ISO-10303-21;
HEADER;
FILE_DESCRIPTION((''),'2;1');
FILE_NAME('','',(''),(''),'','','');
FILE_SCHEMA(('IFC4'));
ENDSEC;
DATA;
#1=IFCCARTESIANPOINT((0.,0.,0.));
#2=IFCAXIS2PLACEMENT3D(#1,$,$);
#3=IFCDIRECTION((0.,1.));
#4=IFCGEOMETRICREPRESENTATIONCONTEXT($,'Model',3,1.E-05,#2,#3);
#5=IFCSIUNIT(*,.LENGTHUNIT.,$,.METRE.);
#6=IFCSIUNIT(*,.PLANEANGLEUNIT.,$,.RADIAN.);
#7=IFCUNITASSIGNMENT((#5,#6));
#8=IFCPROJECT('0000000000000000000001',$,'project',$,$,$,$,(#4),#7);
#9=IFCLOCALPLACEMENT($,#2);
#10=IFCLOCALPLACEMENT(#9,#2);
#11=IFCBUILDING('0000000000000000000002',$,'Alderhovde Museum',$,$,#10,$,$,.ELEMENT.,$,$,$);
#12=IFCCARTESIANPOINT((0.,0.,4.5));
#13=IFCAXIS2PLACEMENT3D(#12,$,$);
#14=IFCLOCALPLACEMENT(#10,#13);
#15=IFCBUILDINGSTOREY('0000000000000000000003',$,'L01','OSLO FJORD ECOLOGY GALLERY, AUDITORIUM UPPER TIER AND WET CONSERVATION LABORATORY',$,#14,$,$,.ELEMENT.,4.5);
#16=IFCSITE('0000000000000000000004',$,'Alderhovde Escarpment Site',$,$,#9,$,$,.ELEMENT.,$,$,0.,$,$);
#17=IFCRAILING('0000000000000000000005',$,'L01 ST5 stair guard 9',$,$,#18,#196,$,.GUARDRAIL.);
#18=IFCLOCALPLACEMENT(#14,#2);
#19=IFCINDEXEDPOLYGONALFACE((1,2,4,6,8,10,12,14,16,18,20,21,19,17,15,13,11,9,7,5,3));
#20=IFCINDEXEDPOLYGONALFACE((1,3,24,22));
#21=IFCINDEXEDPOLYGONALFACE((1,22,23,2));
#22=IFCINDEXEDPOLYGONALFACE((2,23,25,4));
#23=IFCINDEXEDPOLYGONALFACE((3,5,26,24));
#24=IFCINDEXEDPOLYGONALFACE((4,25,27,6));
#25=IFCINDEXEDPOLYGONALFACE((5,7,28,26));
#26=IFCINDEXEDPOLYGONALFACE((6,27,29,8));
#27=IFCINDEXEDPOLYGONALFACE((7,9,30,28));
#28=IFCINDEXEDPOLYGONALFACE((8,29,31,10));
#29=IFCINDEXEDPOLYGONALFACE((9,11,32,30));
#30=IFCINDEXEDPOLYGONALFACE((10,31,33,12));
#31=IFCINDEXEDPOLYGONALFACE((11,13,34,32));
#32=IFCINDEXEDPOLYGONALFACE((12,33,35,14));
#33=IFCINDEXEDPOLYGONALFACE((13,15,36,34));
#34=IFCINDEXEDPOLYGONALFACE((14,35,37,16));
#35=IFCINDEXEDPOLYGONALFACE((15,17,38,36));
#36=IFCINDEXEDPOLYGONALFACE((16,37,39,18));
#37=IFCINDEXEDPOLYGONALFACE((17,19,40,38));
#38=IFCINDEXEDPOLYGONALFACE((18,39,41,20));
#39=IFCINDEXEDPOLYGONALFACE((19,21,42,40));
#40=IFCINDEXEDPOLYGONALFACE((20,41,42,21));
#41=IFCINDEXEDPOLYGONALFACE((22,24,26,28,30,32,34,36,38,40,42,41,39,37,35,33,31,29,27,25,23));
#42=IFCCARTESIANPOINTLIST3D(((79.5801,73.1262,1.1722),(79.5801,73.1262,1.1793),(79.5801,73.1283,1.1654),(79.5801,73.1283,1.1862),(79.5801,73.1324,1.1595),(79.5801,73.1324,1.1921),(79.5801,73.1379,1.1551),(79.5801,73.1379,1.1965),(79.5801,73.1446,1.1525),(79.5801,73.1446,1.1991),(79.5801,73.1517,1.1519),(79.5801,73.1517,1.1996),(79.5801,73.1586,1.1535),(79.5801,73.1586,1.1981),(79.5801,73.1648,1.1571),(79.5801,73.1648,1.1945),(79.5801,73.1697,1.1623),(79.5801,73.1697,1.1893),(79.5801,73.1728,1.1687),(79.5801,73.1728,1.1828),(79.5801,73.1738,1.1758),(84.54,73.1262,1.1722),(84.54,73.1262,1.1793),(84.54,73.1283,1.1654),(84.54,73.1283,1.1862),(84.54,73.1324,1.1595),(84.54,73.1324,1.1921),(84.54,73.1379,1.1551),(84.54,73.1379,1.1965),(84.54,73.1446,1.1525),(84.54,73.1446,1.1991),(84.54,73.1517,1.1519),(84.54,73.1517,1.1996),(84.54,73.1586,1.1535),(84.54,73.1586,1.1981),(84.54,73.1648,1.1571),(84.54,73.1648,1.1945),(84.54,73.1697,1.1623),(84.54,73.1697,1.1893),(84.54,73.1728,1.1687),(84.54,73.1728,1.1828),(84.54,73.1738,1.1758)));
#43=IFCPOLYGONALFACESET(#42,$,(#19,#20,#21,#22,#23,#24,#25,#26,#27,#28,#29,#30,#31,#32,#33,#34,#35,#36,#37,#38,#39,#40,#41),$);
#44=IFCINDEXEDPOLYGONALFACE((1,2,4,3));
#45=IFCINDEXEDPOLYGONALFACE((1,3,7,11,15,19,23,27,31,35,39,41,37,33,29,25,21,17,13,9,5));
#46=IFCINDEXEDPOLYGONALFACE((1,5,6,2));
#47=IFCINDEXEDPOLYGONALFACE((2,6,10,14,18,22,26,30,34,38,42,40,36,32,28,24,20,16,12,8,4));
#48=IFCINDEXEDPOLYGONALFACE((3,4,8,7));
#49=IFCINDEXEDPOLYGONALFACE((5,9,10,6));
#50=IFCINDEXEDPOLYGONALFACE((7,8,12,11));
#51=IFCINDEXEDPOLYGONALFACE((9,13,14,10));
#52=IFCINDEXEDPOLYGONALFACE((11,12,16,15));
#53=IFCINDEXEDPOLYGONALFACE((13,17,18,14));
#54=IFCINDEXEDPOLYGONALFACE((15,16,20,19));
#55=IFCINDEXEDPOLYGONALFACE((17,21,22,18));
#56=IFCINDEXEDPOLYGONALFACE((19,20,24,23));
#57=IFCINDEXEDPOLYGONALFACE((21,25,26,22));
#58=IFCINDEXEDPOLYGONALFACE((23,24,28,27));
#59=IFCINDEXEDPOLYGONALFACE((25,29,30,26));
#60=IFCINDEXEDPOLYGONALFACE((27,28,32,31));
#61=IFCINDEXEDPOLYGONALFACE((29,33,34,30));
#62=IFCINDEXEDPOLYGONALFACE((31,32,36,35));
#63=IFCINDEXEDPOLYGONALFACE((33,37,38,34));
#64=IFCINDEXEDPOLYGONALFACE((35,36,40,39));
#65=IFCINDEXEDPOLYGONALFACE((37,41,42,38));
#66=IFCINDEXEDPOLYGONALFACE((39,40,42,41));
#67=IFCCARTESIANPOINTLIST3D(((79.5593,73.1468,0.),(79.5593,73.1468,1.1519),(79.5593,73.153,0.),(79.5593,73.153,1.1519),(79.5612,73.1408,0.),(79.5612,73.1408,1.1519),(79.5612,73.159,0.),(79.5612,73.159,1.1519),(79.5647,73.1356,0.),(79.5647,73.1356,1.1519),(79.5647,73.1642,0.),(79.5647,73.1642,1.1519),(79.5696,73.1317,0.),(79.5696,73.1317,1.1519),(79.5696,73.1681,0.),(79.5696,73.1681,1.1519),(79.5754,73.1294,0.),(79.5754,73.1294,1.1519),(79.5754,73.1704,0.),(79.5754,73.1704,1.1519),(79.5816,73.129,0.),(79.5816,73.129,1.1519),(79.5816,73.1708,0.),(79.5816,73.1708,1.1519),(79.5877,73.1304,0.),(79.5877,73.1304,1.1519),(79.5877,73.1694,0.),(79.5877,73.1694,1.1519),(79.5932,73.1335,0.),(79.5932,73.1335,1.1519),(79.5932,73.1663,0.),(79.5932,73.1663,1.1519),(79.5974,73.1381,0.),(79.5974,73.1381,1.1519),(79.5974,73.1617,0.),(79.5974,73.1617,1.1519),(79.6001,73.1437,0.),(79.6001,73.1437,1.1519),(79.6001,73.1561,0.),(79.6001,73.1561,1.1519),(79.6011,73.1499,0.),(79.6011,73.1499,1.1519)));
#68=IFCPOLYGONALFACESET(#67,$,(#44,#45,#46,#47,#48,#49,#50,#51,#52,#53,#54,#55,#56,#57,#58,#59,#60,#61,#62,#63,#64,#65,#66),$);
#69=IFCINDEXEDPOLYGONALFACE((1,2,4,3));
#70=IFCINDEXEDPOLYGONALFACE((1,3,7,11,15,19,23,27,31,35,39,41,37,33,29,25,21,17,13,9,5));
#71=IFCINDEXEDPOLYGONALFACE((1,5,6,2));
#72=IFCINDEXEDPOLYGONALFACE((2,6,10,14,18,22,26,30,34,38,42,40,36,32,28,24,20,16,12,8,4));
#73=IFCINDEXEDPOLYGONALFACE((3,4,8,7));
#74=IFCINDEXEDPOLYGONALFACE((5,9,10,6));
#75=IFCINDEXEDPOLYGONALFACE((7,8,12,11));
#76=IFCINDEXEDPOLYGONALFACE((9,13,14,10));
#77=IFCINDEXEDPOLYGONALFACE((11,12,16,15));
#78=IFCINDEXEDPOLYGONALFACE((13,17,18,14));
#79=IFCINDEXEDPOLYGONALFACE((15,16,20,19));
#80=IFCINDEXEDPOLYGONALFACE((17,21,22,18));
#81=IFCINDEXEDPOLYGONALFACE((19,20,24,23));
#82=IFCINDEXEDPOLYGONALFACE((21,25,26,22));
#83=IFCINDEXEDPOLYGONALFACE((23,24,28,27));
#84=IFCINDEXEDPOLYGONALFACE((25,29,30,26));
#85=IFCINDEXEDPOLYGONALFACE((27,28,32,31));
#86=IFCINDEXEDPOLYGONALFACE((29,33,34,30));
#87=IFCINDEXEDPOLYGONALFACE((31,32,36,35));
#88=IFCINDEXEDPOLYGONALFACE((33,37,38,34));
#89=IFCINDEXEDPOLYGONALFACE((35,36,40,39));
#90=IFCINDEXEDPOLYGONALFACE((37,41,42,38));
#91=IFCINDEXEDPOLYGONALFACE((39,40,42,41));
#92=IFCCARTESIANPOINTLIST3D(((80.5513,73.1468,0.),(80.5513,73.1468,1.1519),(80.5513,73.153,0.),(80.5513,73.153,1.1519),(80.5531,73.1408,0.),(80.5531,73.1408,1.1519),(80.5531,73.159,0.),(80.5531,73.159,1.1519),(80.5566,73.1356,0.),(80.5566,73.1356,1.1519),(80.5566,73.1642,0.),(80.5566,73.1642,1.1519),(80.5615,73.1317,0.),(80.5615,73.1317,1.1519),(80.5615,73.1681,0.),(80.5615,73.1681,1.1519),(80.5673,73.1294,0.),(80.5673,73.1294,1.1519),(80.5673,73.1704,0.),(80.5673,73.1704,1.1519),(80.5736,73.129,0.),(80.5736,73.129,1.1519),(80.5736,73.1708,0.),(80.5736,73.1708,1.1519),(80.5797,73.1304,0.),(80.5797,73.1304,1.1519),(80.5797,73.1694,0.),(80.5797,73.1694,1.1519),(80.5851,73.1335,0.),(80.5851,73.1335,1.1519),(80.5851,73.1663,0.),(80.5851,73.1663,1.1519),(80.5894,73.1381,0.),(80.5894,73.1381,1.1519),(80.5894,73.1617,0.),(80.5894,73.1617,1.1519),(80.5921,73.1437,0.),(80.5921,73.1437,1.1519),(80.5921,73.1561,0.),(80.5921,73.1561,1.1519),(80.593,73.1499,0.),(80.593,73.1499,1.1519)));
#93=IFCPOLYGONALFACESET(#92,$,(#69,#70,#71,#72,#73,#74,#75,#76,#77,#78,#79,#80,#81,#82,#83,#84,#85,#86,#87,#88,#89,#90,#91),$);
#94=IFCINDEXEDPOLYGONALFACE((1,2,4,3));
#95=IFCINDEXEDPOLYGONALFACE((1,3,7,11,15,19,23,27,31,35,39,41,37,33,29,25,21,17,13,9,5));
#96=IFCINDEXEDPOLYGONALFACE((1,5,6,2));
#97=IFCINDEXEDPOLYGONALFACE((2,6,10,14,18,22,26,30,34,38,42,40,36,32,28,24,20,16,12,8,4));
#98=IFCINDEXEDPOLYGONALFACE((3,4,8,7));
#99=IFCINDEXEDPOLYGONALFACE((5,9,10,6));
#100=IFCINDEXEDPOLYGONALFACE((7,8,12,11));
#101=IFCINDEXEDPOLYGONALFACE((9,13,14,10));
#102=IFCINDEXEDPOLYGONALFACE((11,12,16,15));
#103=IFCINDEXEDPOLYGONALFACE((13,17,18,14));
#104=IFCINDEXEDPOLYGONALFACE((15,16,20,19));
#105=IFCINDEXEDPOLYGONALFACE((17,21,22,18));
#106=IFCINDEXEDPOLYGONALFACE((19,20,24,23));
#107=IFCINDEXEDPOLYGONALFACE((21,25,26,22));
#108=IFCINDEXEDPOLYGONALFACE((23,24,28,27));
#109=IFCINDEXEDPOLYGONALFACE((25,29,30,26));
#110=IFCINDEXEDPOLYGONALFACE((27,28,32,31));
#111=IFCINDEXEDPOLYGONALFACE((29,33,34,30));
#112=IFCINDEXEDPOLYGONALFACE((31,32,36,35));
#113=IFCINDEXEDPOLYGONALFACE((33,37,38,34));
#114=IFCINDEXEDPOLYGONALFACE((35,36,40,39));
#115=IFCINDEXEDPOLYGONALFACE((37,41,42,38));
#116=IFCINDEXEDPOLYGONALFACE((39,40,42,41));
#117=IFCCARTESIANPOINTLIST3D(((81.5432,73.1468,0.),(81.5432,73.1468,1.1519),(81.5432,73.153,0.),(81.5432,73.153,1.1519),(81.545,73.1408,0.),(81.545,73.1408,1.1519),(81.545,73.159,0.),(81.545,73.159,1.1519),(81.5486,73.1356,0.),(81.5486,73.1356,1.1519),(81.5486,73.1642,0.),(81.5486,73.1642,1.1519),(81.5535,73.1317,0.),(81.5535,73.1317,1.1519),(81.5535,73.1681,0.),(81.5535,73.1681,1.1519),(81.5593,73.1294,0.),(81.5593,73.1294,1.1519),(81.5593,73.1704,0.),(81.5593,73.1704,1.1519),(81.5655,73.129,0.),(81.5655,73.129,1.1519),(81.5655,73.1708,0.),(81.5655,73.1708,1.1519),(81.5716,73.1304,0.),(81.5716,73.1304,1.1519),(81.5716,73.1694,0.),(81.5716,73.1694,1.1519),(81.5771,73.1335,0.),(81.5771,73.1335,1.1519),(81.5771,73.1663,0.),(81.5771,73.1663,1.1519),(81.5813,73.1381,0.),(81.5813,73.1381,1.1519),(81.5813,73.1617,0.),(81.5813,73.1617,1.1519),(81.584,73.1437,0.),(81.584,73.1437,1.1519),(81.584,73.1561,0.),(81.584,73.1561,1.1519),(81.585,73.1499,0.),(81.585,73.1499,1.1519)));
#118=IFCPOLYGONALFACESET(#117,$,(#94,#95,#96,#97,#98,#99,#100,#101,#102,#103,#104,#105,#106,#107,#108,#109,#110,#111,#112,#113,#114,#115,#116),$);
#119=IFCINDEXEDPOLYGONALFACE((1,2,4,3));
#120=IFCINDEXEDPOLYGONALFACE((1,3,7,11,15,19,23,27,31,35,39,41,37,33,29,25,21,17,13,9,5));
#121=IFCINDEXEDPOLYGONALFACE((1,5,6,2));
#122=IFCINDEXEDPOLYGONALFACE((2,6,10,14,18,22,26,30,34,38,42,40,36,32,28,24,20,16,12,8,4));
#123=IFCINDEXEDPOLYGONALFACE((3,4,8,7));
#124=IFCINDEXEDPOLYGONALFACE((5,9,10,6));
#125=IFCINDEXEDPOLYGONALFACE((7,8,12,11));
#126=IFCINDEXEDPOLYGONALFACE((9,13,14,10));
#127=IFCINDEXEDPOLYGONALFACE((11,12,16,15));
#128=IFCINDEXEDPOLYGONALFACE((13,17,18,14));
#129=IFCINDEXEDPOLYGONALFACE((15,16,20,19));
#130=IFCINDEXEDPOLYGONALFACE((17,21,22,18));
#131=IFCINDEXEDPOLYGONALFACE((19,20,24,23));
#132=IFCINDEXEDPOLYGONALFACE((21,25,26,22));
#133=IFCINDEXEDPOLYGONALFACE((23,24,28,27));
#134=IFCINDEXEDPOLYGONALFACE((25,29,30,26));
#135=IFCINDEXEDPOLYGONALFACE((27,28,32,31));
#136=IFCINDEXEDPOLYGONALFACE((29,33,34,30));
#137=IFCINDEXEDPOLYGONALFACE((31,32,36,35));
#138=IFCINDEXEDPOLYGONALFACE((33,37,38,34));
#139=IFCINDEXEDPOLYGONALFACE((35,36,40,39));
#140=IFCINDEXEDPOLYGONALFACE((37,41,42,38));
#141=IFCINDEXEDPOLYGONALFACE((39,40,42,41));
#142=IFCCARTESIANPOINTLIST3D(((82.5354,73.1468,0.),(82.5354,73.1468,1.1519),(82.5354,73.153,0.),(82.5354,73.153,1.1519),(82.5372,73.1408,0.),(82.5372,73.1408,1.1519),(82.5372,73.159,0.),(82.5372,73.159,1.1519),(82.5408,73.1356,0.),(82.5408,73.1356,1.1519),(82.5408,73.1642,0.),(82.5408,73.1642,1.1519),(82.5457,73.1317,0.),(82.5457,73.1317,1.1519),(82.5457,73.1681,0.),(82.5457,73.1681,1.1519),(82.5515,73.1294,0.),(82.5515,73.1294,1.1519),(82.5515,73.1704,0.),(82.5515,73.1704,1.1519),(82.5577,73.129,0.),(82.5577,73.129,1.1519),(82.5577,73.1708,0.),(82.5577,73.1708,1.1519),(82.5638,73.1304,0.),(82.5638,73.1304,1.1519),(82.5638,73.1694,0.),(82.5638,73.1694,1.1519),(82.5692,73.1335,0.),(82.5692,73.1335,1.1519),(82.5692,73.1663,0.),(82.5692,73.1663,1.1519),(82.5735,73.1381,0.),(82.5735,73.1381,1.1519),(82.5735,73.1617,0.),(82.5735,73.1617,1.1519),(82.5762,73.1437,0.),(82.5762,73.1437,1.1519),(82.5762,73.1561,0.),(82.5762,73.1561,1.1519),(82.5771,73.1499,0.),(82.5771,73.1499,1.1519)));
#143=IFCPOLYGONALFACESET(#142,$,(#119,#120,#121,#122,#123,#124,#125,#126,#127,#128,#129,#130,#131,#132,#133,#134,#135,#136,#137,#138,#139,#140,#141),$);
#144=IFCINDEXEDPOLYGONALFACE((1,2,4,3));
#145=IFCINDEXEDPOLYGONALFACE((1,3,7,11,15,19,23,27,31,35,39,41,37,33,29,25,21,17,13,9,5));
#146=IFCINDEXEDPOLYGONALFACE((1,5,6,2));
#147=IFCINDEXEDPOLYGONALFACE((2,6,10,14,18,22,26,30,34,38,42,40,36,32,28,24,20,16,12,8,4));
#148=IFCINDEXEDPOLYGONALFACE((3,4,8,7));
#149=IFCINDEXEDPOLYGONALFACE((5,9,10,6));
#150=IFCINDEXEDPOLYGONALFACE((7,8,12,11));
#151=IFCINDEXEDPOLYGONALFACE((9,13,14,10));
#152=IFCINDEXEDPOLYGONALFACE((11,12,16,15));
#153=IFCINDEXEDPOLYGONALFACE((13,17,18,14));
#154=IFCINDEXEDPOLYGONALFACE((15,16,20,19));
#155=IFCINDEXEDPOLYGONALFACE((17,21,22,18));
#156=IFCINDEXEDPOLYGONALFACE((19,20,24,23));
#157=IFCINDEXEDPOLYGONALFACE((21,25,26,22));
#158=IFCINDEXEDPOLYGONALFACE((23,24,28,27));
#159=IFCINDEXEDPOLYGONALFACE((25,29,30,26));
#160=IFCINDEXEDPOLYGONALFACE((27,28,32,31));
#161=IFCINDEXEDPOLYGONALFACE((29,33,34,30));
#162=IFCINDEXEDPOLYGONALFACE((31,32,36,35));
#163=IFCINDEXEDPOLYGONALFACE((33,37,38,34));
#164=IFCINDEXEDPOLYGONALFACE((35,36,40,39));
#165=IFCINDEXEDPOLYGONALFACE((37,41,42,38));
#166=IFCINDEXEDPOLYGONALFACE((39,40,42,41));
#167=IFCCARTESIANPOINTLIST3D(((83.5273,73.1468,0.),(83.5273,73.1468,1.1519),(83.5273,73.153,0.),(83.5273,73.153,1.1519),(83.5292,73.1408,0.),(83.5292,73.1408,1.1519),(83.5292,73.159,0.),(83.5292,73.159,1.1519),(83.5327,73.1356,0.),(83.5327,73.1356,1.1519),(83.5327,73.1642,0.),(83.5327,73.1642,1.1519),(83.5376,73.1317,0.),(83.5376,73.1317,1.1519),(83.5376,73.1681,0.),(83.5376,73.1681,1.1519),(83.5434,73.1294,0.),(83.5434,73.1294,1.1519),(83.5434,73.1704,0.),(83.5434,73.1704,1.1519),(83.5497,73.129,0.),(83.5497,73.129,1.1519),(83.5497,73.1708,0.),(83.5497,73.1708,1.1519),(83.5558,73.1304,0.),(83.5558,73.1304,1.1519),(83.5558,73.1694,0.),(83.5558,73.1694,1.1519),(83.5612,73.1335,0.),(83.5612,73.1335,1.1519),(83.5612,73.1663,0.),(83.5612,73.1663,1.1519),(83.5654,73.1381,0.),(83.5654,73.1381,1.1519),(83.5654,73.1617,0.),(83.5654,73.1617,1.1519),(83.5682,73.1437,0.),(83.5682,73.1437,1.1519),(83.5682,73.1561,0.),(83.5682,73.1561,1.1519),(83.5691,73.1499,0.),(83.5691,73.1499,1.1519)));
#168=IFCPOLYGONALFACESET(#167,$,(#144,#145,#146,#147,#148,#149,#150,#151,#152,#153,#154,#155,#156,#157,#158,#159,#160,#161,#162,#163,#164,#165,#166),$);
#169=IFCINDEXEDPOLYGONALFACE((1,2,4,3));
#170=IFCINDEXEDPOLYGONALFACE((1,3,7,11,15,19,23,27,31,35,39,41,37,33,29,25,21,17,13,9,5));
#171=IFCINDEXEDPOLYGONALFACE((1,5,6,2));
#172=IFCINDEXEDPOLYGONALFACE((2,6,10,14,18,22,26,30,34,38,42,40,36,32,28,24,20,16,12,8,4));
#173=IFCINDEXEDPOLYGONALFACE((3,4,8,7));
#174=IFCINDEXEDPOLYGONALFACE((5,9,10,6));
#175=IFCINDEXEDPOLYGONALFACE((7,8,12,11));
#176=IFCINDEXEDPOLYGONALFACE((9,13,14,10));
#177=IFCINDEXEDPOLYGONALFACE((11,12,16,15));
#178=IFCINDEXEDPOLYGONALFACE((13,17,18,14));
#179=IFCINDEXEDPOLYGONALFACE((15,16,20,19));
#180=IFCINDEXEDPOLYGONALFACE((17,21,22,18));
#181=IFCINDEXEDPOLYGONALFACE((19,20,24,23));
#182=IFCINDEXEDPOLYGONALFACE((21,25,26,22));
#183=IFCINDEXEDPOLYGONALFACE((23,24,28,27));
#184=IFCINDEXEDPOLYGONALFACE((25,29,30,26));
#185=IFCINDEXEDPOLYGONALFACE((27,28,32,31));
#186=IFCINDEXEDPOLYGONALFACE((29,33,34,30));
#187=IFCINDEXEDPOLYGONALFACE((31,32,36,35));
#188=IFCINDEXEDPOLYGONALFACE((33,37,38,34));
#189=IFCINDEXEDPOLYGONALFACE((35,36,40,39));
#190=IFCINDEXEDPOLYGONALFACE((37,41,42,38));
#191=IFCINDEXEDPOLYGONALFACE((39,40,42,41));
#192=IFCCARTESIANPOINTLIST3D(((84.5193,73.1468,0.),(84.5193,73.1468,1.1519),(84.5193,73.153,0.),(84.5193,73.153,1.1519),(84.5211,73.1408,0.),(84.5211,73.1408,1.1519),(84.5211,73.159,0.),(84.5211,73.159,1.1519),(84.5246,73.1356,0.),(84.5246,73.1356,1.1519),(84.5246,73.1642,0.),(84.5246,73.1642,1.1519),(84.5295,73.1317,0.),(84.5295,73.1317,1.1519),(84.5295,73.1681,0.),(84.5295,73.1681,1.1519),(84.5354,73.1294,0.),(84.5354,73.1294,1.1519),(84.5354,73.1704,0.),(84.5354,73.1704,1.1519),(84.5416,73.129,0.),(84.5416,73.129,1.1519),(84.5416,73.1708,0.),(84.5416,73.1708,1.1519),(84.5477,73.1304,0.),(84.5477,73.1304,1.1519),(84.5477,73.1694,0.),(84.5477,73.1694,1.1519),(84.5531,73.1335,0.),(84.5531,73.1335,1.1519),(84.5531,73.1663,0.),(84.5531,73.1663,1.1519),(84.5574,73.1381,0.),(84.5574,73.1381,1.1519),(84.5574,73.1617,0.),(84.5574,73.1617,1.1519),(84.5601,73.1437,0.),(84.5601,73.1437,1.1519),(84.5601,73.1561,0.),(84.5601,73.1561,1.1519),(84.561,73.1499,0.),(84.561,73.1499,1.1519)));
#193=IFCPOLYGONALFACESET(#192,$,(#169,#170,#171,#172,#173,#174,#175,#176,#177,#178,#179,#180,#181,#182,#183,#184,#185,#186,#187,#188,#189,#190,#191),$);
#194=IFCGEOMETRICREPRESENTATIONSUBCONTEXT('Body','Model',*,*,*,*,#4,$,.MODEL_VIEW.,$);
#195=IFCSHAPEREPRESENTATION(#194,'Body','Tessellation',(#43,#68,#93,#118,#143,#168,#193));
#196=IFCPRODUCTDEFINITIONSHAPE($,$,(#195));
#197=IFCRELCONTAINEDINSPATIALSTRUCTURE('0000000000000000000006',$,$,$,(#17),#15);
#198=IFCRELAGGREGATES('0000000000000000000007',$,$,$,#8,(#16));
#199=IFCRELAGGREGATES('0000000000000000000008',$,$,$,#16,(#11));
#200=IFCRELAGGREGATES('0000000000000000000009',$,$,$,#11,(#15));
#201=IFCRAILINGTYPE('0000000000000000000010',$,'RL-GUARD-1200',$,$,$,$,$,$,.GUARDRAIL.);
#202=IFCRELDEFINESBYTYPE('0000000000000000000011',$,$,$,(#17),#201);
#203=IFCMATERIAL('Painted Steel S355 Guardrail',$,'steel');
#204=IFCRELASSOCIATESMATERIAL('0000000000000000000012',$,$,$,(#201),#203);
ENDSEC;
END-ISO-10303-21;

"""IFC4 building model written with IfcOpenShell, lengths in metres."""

from ifc_helpers import new_model, si_unit, direction, frame, origin, origin_2d, place, context, subcontext, project, spatial, circle, extrude, material, type_object, element, save


model = new_model("IFC4")

# Units and contexts
model_context = context("Model", 3, precision=1e-05, world=origin(), true_north=direction((0.0, 1.0)))
body_context = subcontext(model_context, "Body", "Model", "MODEL_VIEW")
ifc_project = project(units=[si_unit("LENGTHUNIT", "METRE"), si_unit("PLANEANGLEUNIT", "RADIAN")], contexts=[model_context])

# Site, building, storey
site_placement = place(None, origin())
site = spatial("IfcSite", under=ifc_project, at=site_placement, Name="Alderhovde Escarpment Site", CompositionType="ELEMENT", RefElevation=0.0)
building_placement = place(site_placement, origin())
building = spatial("IfcBuilding", under=site, at=building_placement, Name="Alderhovde Museum", CompositionType="ELEMENT")
storey_placement = place(building_placement, frame((0.0, 0.0, 4.5)))
storey = spatial("IfcBuildingStorey", under=building, at=storey_placement, Name="L01", Description="OSLO FJORD ECOLOGY GALLERY, AUDITORIUM UPPER TIER AND WET CONSERVATION LABORATORY", CompositionType="ELEMENT", Elevation=4.5)

# Railing
ifc_material_1 = material(Name="Painted Steel S355 Guardrail", Category="steel")
railing_type_1 = type_object("IfcRailingType", Name="RL-GUARD-1200", PredefinedType="GUARDRAIL", material=ifc_material_1)
railing_1_placement = place(storey_placement, frame((79.5801, 73.1499, 0.0)))
element("IfcRailing", 1, at=railing_1_placement, inside=storey, type_object=railing_type_1, Name="L01 ST5 stair guard 9", PredefinedType="GUARDRAIL", context=body_context, shape_type="SweptSolid", body=[
    extrude(circle(Radius=0.0239, at=origin_2d()), frame((0.0, 0.0, 1.1758), z_axis=(1.0, 0.0, 0.0), x_axis=(0.0, 1.0, 0.0)), (0.0, 0.0, 1.0), 4.96),
    extrude(circle(Radius=0.021, at=origin_2d()), origin(), (0.0, 0.0, 1.0), 1.1519),
    extrude(circle(Radius=0.021, at=origin_2d()), frame((0.9919, 0.0, 0.0)), (0.0, 0.0, 1.0), 1.1519),
    extrude(circle(Radius=0.021, at=origin_2d()), frame((1.9839, 0.0, 0.0)), (0.0, 0.0, 1.0), 1.1519),
    extrude(circle(Radius=0.021, at=origin_2d()), frame((2.9761, 0.0, 0.0)), (0.0, 0.0, 1.0), 1.1519),
    extrude(circle(Radius=0.021, at=origin_2d()), frame((3.968, 0.0, 0.0)), (0.0, 0.0, 1.0), 1.1519),
    extrude(circle(Radius=0.021, at=origin_2d()), frame((4.96, 0.0, 0.0)), (0.0, 0.0, 1.0), 1.1519),
])

save(model, "model.ifc")
